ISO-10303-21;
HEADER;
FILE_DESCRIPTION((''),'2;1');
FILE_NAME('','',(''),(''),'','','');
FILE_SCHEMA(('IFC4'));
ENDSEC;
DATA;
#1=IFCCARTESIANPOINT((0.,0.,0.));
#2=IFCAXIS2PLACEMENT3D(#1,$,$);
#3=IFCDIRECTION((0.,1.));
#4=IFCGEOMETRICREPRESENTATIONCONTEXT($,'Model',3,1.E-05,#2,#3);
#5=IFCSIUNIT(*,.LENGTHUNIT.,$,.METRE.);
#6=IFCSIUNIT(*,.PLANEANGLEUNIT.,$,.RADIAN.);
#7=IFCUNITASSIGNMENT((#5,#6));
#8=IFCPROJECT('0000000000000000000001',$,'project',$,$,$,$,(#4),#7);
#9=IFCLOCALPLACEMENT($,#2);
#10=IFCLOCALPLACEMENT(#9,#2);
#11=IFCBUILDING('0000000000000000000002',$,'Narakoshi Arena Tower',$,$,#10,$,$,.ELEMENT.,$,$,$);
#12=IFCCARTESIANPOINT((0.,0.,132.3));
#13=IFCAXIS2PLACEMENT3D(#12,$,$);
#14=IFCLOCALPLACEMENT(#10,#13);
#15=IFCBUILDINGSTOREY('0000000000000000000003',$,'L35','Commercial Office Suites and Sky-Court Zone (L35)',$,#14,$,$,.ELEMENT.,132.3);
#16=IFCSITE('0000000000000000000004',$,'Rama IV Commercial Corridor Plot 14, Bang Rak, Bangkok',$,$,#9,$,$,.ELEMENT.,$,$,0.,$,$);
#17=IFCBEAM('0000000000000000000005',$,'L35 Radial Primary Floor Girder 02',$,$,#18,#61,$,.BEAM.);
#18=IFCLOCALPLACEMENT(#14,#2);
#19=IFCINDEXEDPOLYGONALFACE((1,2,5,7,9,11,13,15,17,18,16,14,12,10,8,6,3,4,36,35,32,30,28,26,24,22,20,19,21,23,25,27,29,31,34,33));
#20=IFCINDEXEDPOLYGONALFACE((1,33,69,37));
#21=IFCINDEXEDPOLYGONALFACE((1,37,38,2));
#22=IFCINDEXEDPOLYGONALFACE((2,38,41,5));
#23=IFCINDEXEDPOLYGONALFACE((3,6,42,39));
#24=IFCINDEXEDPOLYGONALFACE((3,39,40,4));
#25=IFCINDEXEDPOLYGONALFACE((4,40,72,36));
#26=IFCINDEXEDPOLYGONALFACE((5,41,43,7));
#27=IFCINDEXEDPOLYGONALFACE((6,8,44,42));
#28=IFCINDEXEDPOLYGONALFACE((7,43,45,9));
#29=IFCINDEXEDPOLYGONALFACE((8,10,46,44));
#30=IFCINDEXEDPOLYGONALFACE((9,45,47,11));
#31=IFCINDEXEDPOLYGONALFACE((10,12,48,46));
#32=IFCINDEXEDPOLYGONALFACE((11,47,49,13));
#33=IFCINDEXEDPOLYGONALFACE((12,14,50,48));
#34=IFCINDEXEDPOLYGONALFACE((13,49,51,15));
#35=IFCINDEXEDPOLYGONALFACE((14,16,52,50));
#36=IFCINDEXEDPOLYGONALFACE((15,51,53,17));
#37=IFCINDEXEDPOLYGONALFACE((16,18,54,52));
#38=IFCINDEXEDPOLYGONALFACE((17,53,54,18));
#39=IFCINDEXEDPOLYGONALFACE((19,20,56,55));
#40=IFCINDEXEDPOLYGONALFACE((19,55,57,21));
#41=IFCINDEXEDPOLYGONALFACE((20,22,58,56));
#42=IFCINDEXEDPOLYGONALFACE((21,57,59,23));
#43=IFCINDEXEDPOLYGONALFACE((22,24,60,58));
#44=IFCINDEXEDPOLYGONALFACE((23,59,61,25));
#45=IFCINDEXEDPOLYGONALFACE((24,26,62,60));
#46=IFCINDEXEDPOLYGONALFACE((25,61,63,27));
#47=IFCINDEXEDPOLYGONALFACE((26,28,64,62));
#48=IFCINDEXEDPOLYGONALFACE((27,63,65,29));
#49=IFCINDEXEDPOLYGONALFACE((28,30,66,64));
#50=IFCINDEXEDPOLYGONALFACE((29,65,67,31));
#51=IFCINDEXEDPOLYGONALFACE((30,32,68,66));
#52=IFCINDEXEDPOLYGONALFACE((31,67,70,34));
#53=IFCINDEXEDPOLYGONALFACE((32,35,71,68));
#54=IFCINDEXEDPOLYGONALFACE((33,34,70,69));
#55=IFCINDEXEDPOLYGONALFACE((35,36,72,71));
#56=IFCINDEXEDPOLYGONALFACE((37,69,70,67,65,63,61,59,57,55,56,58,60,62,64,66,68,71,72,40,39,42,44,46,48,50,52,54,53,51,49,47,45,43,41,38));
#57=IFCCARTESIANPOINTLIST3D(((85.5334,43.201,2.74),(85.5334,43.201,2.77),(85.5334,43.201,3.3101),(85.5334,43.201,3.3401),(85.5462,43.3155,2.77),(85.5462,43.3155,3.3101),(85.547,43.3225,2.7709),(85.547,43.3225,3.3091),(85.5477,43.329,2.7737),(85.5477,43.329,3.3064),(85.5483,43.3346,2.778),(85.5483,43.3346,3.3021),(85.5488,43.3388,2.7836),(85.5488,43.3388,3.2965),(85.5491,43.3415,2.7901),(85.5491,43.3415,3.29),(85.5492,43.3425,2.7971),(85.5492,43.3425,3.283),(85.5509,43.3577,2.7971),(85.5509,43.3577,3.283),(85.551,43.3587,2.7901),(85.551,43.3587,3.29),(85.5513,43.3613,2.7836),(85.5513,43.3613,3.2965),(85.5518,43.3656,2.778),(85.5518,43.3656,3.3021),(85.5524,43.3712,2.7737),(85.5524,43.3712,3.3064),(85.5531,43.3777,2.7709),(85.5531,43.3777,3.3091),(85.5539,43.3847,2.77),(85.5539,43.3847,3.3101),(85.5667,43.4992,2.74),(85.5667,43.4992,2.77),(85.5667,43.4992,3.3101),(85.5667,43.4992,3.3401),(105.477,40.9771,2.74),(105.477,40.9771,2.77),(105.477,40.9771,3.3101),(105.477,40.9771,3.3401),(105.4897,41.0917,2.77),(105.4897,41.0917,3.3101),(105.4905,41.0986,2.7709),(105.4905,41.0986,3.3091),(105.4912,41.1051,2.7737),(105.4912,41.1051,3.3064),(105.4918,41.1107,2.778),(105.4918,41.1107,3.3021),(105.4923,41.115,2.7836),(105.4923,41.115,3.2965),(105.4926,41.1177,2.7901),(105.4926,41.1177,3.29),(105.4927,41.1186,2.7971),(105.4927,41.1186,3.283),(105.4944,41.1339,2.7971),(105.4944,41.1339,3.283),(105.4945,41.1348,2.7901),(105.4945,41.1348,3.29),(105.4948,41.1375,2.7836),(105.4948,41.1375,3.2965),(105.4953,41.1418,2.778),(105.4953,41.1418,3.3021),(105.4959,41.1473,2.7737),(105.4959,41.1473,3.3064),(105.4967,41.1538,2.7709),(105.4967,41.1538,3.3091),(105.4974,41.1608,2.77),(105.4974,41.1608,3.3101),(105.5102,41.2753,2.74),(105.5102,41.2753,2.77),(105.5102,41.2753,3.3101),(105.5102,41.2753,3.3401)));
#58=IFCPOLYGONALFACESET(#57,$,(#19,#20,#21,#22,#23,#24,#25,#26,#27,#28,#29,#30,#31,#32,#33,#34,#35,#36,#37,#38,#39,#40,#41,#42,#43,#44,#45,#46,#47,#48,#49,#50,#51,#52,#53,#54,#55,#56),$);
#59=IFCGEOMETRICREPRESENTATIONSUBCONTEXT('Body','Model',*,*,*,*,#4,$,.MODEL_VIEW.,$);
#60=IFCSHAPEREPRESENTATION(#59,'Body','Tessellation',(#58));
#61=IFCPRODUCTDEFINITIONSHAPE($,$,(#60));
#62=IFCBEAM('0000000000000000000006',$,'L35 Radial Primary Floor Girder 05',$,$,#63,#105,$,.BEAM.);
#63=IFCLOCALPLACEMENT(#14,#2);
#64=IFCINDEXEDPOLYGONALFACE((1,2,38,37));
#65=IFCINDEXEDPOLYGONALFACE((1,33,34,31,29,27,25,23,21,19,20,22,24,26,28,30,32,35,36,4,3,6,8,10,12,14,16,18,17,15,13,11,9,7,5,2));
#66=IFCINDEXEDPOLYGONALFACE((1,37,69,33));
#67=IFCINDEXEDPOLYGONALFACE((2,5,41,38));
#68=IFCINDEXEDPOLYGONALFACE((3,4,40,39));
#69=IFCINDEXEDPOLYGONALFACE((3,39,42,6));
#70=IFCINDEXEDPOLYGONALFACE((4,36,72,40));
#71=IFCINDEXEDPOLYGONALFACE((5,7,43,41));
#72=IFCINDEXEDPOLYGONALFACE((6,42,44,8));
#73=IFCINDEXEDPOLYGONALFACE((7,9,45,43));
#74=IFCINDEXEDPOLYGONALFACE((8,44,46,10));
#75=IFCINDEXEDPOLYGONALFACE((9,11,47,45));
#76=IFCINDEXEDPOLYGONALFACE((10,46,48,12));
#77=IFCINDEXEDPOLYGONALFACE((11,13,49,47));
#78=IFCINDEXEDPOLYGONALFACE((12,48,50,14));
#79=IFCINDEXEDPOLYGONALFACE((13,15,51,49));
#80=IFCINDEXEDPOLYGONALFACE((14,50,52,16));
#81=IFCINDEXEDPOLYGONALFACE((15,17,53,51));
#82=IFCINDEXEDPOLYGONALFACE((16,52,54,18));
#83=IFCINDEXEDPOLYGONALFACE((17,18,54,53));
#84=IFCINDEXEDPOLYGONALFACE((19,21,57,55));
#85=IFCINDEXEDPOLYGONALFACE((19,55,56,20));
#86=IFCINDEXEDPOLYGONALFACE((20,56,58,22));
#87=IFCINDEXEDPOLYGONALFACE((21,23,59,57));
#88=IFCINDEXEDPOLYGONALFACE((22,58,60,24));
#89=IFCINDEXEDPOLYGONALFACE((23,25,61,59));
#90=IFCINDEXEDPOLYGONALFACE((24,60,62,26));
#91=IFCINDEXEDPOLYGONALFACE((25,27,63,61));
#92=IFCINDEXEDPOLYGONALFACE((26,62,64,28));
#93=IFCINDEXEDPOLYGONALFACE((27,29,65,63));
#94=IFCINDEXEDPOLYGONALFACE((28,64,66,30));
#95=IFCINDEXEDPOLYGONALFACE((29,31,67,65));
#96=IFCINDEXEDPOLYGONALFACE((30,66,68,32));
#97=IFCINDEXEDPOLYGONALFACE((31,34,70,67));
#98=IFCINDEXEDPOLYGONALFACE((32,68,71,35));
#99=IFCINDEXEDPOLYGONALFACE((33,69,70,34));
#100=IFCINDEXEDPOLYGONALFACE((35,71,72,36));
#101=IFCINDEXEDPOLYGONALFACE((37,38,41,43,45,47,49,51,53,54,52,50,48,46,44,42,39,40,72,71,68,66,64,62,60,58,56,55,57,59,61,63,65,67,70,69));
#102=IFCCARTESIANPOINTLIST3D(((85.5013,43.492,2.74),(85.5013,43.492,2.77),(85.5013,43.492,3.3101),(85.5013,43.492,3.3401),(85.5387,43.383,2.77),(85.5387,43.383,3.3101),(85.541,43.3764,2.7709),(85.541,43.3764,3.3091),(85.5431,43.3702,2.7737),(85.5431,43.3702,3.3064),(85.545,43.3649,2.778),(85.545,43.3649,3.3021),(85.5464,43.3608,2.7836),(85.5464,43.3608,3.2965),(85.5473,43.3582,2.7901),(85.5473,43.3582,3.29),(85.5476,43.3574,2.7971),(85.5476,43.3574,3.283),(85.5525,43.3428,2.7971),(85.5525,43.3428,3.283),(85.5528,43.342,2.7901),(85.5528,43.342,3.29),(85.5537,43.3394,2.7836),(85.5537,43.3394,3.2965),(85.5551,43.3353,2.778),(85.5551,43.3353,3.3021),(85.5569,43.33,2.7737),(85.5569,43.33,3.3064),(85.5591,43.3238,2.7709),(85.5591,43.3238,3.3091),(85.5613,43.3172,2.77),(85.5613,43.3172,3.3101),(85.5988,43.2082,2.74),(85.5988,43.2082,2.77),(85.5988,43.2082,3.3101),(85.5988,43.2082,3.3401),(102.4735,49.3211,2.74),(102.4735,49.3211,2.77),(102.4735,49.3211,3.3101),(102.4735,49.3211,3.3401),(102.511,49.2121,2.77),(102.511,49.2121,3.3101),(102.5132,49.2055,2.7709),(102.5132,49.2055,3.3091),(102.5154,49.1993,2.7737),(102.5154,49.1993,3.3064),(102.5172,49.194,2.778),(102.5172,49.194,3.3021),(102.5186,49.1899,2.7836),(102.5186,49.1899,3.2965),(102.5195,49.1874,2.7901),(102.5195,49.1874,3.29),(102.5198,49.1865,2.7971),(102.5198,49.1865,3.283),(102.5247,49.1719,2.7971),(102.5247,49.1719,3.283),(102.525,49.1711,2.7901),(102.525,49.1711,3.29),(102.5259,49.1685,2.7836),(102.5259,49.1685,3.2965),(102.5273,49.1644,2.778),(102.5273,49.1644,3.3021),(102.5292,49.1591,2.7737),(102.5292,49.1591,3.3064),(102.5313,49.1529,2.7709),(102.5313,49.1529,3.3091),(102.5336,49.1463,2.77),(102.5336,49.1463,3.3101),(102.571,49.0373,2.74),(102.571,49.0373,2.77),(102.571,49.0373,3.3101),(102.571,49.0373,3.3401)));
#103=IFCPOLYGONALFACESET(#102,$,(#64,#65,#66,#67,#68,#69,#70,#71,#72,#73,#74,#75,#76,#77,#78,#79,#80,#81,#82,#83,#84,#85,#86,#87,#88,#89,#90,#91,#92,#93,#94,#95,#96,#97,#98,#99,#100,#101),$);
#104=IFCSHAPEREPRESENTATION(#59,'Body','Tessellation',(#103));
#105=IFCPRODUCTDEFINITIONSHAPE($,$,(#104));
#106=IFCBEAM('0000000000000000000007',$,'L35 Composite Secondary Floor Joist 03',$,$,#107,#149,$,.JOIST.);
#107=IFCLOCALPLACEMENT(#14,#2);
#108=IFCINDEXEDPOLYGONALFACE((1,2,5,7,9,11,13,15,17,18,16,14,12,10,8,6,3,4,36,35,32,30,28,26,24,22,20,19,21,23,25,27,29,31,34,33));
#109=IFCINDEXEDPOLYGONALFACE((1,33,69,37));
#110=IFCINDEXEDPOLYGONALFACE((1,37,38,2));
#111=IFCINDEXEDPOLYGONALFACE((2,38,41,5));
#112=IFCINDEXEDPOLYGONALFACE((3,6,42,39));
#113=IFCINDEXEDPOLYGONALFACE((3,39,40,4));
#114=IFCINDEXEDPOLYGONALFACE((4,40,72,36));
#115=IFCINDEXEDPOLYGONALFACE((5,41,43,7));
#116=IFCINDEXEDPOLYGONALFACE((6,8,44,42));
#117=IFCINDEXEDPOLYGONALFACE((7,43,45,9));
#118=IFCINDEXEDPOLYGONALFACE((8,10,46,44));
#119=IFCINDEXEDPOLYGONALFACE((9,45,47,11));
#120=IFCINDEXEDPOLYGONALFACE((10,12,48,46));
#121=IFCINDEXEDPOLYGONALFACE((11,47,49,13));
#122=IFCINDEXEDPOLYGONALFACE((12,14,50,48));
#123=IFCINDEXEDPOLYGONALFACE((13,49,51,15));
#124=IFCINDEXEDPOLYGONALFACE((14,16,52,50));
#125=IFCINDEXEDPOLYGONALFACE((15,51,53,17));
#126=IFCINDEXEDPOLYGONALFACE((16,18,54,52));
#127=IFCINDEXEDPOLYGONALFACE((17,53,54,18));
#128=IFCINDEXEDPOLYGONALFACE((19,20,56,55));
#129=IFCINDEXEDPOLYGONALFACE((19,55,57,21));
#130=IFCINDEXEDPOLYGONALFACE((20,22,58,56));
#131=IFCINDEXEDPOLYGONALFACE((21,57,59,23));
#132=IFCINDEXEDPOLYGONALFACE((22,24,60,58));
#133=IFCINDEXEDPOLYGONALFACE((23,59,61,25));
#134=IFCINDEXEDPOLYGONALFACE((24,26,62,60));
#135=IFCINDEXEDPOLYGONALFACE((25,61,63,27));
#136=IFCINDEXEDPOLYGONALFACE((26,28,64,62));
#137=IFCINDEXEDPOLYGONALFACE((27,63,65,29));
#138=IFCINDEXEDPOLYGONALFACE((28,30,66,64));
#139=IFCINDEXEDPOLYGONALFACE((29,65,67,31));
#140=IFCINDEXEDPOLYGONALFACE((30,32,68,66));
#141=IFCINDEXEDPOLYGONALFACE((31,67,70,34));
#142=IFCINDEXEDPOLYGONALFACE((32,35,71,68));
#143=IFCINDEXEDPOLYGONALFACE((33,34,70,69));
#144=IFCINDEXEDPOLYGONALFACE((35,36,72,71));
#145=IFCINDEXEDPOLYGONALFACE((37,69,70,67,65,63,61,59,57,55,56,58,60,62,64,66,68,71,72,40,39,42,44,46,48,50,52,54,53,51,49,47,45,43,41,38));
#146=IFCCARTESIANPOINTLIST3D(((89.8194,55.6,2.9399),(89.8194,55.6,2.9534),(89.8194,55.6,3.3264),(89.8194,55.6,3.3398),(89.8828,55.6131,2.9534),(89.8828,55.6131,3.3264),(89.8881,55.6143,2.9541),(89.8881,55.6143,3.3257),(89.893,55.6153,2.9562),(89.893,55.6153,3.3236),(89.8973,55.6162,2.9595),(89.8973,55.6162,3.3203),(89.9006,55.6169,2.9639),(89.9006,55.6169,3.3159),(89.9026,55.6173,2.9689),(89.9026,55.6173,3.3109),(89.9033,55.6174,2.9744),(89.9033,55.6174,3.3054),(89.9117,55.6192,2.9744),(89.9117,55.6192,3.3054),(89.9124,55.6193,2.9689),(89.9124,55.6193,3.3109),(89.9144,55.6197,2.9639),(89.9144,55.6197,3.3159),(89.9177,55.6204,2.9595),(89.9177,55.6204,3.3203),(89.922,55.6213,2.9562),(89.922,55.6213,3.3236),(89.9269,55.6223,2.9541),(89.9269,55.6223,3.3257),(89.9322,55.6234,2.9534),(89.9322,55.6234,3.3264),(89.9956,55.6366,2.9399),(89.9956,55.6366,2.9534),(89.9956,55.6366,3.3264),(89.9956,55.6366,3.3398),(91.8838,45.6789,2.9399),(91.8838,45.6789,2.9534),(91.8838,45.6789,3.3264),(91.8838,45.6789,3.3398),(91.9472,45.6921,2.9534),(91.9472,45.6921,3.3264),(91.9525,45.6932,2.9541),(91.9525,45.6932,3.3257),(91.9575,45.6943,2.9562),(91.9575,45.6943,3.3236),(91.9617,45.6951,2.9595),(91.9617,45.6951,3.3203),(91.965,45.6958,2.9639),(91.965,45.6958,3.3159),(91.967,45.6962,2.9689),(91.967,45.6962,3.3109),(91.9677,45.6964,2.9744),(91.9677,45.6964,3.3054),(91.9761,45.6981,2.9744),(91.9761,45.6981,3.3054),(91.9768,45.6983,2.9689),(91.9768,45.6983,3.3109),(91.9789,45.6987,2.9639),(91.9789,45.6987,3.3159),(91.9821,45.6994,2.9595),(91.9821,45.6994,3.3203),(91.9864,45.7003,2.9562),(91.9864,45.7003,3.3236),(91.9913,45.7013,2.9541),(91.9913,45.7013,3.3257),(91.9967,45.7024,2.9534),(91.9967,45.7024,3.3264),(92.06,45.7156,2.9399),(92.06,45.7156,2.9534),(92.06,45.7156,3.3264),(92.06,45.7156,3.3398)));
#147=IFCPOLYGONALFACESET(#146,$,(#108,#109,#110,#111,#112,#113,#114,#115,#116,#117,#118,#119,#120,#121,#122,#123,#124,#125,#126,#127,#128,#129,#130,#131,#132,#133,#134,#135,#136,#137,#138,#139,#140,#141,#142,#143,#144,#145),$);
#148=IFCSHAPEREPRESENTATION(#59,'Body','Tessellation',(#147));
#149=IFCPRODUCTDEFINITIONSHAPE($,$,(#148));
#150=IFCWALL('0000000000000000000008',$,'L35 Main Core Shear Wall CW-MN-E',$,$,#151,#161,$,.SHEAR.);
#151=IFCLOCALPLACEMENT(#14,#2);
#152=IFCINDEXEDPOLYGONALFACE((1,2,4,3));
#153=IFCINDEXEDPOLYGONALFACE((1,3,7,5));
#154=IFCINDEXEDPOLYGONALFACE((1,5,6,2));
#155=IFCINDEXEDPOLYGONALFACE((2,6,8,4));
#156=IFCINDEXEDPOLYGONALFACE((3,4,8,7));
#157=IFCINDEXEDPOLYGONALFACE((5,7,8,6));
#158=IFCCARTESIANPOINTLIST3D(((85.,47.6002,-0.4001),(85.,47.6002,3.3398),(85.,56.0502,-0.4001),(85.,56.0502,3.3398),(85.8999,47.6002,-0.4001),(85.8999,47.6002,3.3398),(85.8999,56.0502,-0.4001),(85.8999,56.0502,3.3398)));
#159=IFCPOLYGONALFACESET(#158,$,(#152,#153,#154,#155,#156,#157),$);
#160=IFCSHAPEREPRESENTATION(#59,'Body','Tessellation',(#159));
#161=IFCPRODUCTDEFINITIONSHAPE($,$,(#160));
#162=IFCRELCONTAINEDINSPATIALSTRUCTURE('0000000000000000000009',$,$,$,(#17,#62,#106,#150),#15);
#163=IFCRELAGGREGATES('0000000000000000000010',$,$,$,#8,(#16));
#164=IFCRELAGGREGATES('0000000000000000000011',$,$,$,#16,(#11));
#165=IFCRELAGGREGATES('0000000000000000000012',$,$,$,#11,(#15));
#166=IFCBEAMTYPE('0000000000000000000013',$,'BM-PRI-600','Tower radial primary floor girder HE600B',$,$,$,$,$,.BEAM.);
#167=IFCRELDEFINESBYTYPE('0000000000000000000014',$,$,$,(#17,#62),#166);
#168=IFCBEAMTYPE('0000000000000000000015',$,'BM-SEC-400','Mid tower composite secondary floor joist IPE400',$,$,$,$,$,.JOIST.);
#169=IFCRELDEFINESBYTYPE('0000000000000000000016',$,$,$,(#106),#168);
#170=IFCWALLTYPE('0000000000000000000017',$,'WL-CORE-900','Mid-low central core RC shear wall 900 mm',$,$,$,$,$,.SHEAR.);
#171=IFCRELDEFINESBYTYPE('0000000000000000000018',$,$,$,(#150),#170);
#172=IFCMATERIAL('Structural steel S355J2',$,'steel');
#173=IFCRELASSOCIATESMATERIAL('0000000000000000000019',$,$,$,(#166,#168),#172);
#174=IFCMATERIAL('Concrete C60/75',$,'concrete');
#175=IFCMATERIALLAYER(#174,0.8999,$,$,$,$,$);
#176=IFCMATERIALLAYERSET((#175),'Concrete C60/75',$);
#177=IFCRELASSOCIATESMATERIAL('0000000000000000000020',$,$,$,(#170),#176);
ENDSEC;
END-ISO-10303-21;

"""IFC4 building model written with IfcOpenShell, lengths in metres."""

from ifc_helpers import new_model, si_unit, direction, frame, frame_2d, origin, origin_2d, place, context, subcontext, project, spatial, rectangle, i_section, extrude, material, layer, layer_set, material_profile, profile_set, type_object, element, save


model = new_model("IFC4")

# Units and contexts
model_context = context("Model", 3, precision=1e-05, world=origin(), true_north=direction((0.0, 1.0)))
body_context = subcontext(model_context, "Body", "Model", "MODEL_VIEW")
ifc_project = project(units=[si_unit("LENGTHUNIT", "METRE"), si_unit("PLANEANGLEUNIT", "RADIAN")], contexts=[model_context])

# Site, building, storey
site_placement = place(None, origin())
site = spatial("IfcSite", under=ifc_project, at=site_placement, Name="Rama IV Commercial Corridor Plot 14, Bang Rak, Bangkok", CompositionType="ELEMENT", RefElevation=0.0)
building_placement = place(site_placement, origin())
building = spatial("IfcBuilding", under=site, at=building_placement, Name="Narakoshi Arena Tower", CompositionType="ELEMENT")
storey_placement = place(building_placement, frame((0.0, 0.0, 132.3)))
storey = spatial("IfcBuildingStorey", under=building, at=storey_placement, Name="L35", Description="Commercial Office Suites and Sky-Court Zone (L35)", CompositionType="ELEMENT", Elevation=132.3)

# Beams
ifc_material_1 = material(Name="Structural steel S355J2", Category="steel")
ifc_material_profile_1 = material_profile(ifc_material_1, i_section(OverallWidth=0.3, OverallDepth=0.6001, WebThickness=0.0154, FlangeThickness=0.03, FilletRadius=0.0271, at=origin_2d()), Name="HE600B")
ifc_profile_set_1 = profile_set([ifc_material_profile_1], Name="Structural steel S355J2")
beam_type_1 = type_object("IfcBeamType", Name="BM-PRI-600", Description="Tower radial primary floor girder HE600B", PredefinedType="BEAM", material=ifc_profile_set_1)
beam_1_placement = place(storey_placement, frame((85.55, 43.3501, 3.04), z_axis=(0.99384, -0.110821, 0.0), x_axis=(0.110821, 0.99384, 0.0)))
element("IfcBeam", 1, at=beam_1_placement, inside=storey, type_object=beam_type_1, Name="L35 Radial Primary Floor Girder 02", PredefinedType="BEAM", context=body_context, shape_type="SweptSolid", body=[
    extrude(i_section(OverallWidth=0.3, OverallDepth=0.6001, WebThickness=0.0154, FlangeThickness=0.03, FilletRadius=0.0271, at=origin_2d()), origin(), (0.0, 0.0, 1.0), 20.0671),
])
beam_2_placement = place(storey_placement, frame((85.55, 43.3501, 3.04), z_axis=(0.945774, 0.324827, 0.0), x_axis=(-0.324827, 0.945774, 0.0)))
element("IfcBeam", 2, at=beam_2_placement, inside=storey, type_object=beam_type_1, Name="L35 Radial Primary Floor Girder 05", PredefinedType="BEAM", context=body_context, shape_type="SweptSolid", body=[
    extrude(i_section(OverallWidth=0.3, OverallDepth=0.6001, WebThickness=0.0154, FlangeThickness=0.03, FilletRadius=0.0271, at=origin_2d()), origin(), (0.0, 0.0, 1.0), 17.9453),
])
ifc_material_profile_2 = material_profile(ifc_material_1, i_section(OverallWidth=0.1799, OverallDepth=0.3999, WebThickness=0.0085, FlangeThickness=0.0134, FilletRadius=0.021, at=origin_2d()), Name="IPE400")
ifc_profile_set_2 = profile_set([ifc_material_profile_2], Name="Structural steel S355J2")
beam_type_2 = type_object("IfcBeamType", Name="BM-SEC-400", Description="Mid tower composite secondary floor joist IPE400", PredefinedType="JOIST", material=ifc_profile_set_2)
beam_3_placement = place(storey_placement, frame((91.9719, 45.6973, 3.1399), z_axis=(-0.203722, 0.979029, 0.0), x_axis=(-0.979029, -0.203722, 0.0)))
element("IfcBeam", 3, at=beam_3_placement, inside=storey, type_object=beam_type_2, Name="L35 Composite Secondary Floor Joist 03", PredefinedType="JOIST", context=body_context, shape_type="SweptSolid", body=[
    extrude(i_section(OverallWidth=0.1799, OverallDepth=0.3999, WebThickness=0.0085, FlangeThickness=0.0134, FilletRadius=0.021, at=origin_2d()), origin(), (0.0, 0.0, 1.0), 10.1335),
])

# Wall
ifc_material_2 = material(Name="Concrete C60/75", Category="concrete")
ifc_layer_1 = layer(ifc_material_2, 0.8999)
ifc_layer_set_1 = layer_set([ifc_layer_1], Name="Concrete C60/75")
wall_type_1 = type_object("IfcWallType", Name="WL-CORE-900", Description="Mid-low central core RC shear wall 900 mm", PredefinedType="SHEAR", material=ifc_layer_set_1)
wall_1_placement = place(storey_placement, frame((85.45, 47.6001, -0.4001), z_axis=(0.0, 0.0, 1.0), x_axis=(0.0, 1.0, 0.0)))
element("IfcWall", 4, at=wall_1_placement, inside=storey, type_object=wall_type_1, Name="L35 Main Core Shear Wall CW-MN-E", PredefinedType="SHEAR", context=body_context, shape_type="SweptSolid", body=[
    extrude(rectangle(XDim=8.45, YDim=0.8999, at=frame_2d((4.2251, 0.0))), origin(), (0.0, 0.0, 1.0), 3.74),
])

save(model, "model.ifc")
